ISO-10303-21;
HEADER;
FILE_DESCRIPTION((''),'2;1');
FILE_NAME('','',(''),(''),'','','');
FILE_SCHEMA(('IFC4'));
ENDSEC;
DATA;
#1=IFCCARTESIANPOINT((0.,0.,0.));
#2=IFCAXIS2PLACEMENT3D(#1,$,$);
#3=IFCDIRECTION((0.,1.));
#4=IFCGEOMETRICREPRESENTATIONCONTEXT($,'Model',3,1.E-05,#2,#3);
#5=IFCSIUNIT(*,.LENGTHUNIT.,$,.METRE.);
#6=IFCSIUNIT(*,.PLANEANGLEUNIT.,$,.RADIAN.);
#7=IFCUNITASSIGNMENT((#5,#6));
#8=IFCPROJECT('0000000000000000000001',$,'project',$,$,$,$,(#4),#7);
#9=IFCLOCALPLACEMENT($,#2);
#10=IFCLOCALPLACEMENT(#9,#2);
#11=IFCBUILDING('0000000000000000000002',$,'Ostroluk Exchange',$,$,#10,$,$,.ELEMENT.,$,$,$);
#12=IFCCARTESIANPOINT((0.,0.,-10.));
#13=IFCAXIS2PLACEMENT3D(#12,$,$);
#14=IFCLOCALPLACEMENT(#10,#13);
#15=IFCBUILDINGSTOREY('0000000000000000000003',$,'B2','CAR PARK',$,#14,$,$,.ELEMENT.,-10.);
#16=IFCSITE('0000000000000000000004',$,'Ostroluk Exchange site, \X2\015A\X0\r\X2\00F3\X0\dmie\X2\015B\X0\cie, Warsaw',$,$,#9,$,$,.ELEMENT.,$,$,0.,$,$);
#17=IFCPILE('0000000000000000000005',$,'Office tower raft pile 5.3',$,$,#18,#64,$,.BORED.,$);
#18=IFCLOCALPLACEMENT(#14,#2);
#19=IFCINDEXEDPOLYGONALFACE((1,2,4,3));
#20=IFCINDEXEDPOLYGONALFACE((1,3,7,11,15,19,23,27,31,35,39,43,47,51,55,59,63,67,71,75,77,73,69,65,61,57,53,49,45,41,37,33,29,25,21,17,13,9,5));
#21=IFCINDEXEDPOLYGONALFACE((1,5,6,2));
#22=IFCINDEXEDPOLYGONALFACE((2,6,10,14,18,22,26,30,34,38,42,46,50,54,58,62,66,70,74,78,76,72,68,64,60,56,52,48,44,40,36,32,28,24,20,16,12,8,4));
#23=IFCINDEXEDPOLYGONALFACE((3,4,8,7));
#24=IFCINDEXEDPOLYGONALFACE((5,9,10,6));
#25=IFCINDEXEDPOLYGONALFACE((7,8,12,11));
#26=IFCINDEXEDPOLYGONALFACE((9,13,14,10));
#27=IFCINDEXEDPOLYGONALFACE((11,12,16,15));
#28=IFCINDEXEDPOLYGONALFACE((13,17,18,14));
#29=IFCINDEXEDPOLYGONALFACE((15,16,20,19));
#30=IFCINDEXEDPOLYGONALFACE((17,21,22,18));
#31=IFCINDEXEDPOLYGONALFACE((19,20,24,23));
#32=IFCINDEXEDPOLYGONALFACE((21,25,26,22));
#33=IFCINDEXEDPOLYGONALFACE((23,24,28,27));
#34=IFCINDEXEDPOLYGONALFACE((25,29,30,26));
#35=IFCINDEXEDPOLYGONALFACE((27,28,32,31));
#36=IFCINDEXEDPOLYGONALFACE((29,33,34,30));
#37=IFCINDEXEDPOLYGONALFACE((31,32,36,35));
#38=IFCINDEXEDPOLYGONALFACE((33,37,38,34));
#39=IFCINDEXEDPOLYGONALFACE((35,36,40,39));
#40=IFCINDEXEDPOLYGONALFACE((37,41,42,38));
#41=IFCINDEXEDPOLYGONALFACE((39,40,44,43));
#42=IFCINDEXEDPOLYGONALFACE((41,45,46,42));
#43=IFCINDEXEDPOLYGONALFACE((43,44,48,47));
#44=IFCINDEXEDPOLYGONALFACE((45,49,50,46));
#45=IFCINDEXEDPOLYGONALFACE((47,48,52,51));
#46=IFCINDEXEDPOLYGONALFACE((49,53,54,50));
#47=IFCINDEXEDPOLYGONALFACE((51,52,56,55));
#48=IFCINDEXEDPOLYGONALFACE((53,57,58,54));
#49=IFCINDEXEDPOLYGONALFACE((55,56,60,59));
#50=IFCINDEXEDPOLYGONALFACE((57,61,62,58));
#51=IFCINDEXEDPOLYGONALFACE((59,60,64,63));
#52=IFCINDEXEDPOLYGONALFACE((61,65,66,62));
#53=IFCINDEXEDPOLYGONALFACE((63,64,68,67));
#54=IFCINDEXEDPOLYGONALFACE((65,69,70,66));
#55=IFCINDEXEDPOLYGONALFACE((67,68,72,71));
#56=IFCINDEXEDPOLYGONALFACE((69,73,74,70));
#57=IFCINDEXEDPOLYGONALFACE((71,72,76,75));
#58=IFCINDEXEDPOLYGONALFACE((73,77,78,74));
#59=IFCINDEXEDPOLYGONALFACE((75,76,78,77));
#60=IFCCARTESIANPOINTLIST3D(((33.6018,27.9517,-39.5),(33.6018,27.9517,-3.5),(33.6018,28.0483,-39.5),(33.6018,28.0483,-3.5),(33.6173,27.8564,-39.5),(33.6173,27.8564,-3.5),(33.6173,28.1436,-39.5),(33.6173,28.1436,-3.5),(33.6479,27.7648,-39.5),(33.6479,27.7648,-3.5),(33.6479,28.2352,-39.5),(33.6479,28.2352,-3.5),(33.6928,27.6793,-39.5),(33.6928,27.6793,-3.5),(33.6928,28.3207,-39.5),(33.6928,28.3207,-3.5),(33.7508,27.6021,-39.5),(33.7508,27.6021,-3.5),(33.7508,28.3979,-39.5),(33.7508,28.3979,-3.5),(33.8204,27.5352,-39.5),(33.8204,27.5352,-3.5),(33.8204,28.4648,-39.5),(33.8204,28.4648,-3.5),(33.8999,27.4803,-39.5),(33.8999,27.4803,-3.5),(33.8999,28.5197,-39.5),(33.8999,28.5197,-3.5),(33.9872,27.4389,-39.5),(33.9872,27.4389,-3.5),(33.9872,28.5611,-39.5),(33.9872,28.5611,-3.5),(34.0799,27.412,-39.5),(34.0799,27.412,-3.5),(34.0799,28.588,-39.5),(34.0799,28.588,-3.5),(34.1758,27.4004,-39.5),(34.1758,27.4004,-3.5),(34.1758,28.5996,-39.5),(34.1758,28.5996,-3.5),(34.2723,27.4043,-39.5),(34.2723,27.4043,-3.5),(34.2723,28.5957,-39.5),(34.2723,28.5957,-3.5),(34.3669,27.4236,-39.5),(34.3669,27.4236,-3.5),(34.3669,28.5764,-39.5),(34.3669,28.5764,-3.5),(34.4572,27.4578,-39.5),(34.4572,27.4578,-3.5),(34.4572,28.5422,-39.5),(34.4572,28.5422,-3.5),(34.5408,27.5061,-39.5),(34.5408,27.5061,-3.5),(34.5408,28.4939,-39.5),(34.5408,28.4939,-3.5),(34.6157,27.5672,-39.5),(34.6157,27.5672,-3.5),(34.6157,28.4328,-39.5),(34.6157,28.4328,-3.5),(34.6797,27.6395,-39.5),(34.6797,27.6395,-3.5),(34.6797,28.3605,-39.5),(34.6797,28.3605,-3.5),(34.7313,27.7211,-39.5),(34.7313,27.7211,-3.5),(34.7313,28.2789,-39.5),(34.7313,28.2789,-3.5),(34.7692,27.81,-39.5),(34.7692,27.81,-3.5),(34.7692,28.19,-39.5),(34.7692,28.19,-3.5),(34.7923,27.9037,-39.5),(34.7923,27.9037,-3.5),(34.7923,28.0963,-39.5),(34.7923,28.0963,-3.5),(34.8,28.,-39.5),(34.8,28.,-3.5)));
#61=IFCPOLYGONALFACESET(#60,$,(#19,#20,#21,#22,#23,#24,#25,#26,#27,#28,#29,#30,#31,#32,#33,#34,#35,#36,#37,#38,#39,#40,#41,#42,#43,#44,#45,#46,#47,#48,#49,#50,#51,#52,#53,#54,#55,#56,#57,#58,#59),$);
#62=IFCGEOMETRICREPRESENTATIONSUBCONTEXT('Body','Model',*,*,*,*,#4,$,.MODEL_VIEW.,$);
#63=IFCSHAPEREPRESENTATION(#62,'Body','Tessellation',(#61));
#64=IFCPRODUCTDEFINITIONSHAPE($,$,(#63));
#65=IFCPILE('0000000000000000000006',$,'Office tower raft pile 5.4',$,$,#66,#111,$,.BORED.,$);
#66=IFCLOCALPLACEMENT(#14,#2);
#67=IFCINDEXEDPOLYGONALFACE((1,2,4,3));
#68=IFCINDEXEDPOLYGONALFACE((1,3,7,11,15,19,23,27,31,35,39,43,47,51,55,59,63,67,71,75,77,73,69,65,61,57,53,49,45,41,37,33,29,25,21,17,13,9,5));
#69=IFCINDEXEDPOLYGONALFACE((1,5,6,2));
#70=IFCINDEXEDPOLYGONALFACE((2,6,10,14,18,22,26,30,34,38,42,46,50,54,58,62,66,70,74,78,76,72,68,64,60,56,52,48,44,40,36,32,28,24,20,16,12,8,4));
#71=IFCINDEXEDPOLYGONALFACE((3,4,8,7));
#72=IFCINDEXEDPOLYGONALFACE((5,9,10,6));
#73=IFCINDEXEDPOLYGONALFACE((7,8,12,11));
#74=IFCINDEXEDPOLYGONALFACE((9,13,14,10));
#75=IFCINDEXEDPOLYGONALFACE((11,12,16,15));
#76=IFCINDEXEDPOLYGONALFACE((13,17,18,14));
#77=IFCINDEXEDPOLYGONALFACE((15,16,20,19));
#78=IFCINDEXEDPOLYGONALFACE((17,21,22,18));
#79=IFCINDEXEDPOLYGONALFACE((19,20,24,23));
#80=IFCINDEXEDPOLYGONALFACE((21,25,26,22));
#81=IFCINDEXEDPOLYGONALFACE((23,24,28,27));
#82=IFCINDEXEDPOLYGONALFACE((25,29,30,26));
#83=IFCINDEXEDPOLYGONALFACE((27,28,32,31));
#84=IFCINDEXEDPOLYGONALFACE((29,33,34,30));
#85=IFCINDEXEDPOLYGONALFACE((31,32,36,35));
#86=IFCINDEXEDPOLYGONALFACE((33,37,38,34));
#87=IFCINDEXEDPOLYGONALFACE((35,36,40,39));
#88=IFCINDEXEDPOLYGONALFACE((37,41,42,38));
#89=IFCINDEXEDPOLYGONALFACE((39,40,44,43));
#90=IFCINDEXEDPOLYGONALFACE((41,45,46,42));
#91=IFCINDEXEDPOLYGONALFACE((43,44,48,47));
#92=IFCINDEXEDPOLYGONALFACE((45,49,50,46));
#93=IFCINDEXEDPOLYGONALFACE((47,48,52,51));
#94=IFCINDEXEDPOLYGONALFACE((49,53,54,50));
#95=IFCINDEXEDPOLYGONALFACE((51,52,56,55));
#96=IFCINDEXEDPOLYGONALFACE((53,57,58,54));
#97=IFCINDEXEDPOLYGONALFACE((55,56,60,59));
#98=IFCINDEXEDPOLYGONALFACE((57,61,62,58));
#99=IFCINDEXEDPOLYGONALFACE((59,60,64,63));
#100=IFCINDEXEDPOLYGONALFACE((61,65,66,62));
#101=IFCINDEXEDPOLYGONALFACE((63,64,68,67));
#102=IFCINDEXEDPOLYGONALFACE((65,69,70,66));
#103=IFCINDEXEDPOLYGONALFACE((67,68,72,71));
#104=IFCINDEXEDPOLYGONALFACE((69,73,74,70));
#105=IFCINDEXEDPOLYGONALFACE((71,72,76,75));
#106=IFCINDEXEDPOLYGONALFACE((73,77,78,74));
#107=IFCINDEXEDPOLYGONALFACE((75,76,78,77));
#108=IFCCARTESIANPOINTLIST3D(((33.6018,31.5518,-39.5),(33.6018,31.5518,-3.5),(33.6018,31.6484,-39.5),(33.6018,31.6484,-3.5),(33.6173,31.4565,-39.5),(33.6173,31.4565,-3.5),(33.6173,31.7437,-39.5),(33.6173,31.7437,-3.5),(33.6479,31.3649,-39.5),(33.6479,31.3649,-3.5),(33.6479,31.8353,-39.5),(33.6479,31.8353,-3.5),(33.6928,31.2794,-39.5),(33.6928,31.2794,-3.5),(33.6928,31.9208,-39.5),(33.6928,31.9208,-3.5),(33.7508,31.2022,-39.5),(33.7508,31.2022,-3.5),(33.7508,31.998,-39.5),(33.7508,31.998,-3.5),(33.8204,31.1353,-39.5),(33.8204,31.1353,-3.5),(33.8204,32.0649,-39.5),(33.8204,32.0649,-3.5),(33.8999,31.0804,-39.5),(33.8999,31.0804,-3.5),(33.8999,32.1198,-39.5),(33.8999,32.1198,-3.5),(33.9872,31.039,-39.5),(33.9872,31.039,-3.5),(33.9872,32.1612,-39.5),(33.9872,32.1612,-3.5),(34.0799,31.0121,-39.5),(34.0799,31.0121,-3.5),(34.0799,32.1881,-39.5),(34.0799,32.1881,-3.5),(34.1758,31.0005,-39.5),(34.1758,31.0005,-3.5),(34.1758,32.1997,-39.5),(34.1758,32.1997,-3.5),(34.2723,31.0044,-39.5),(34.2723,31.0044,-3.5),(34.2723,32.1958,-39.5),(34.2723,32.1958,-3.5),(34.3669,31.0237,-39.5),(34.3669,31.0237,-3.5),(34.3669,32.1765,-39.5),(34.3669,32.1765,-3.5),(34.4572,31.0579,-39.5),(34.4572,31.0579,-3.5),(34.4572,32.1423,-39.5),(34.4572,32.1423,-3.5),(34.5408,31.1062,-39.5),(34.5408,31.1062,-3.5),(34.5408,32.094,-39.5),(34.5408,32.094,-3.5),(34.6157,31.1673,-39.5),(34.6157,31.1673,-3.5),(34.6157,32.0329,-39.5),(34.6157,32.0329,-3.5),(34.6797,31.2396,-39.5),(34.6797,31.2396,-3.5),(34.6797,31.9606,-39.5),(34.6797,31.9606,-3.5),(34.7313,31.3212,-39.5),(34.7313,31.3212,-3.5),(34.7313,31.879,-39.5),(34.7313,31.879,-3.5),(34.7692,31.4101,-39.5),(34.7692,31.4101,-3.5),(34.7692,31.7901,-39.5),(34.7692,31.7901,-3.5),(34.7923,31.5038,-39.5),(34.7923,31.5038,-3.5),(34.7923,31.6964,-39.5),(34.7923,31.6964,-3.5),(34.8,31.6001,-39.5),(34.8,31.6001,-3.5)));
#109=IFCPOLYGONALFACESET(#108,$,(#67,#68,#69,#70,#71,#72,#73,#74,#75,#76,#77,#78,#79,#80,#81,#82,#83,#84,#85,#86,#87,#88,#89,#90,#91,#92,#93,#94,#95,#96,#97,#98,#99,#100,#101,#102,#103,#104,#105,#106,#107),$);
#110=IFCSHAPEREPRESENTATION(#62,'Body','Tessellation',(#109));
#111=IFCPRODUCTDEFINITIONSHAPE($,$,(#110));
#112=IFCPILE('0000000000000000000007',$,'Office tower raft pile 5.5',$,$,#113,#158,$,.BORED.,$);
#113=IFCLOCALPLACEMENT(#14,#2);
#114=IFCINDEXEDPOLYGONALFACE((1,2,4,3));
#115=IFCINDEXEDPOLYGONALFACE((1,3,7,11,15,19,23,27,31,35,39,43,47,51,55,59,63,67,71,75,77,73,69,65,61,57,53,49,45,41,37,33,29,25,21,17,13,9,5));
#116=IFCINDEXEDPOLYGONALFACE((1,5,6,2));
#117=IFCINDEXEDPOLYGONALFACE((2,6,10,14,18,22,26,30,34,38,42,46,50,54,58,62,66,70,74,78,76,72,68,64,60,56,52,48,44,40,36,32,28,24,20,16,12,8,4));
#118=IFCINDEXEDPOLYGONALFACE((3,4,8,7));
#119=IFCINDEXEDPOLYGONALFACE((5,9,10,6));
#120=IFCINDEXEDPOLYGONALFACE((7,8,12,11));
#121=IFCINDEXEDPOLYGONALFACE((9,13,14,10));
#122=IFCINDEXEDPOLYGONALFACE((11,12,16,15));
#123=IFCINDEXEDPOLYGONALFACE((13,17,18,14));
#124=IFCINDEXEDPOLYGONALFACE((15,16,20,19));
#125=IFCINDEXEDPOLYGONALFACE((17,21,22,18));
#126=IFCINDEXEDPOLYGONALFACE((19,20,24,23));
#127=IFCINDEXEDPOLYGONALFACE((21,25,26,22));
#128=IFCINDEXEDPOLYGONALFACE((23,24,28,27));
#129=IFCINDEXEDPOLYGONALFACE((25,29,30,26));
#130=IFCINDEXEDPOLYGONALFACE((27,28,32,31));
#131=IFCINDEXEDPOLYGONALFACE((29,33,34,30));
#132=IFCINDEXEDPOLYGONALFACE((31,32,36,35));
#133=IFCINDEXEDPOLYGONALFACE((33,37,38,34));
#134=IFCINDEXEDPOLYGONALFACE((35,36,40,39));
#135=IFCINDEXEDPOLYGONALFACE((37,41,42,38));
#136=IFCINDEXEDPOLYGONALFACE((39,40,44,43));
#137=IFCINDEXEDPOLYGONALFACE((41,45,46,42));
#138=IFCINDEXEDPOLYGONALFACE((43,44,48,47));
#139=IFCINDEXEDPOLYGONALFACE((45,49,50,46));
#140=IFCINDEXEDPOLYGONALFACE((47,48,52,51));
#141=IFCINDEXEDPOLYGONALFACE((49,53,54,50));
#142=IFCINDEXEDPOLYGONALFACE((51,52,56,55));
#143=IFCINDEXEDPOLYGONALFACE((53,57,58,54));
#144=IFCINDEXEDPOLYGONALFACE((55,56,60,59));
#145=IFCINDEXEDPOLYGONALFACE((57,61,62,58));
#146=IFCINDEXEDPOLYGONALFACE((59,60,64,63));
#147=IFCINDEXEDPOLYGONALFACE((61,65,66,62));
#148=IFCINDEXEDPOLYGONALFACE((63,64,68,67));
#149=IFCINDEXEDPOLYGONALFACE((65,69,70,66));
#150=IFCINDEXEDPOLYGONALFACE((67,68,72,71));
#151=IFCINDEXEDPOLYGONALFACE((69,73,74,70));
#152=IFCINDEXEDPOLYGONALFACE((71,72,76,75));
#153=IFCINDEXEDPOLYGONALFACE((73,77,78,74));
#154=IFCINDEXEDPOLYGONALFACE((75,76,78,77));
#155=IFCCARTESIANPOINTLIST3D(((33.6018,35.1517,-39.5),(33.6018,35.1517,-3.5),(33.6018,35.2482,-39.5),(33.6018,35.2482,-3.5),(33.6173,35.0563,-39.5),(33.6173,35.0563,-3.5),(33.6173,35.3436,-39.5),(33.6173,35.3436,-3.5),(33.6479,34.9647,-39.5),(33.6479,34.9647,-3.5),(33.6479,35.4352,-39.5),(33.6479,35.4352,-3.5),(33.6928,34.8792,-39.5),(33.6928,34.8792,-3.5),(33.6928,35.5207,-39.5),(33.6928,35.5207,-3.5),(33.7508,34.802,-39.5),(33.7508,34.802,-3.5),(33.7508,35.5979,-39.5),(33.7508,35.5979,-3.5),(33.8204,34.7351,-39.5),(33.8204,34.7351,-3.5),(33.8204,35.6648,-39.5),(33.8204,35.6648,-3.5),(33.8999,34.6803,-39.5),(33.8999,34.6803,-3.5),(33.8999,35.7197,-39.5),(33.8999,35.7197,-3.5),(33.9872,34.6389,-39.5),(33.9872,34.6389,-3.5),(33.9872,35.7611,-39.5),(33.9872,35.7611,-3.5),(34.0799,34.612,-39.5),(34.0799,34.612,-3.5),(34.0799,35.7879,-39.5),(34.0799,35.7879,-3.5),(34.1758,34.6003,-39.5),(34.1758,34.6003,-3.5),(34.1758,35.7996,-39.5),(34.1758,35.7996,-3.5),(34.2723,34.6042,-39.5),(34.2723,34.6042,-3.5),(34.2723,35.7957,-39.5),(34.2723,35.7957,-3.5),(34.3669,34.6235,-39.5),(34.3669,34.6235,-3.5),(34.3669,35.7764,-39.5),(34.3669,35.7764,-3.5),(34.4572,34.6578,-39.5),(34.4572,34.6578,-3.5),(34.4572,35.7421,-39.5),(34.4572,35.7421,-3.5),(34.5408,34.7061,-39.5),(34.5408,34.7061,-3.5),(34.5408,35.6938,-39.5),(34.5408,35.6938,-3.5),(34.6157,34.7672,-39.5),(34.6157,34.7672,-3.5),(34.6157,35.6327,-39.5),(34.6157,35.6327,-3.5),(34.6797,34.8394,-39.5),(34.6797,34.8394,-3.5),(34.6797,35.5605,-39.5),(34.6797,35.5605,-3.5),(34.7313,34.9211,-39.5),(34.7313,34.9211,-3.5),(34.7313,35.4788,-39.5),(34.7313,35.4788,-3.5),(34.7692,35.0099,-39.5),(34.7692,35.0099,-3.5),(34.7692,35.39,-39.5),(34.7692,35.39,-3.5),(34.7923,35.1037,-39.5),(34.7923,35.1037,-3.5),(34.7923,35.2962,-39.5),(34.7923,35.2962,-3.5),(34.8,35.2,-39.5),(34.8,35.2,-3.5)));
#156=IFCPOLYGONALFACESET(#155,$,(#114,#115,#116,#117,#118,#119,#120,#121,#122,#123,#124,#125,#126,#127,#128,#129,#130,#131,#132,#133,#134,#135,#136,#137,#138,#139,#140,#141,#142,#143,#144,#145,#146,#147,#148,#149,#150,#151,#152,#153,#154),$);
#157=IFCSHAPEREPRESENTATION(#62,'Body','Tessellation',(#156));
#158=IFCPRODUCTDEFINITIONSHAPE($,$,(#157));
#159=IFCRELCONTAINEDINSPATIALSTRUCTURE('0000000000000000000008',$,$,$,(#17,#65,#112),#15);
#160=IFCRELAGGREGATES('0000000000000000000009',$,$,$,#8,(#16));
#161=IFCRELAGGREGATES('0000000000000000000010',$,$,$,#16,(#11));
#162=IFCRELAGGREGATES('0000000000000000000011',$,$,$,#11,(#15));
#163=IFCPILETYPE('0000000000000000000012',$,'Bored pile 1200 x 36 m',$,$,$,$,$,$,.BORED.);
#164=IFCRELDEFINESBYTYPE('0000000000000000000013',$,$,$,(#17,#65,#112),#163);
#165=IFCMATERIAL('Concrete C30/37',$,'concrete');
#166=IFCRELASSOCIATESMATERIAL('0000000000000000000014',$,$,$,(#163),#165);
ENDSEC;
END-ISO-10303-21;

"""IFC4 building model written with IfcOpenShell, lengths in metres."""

from ifc_helpers import new_model, si_unit, direction, frame, origin, origin_2d, place, context, subcontext, project, spatial, circle, extrude, material, type_object, element, save


model = new_model("IFC4")

# Units and contexts
model_context = context("Model", 3, precision=1e-05, world=origin(), true_north=direction((0.0, 1.0)))
body_context = subcontext(model_context, "Body", "Model", "MODEL_VIEW")
ifc_project = project(units=[si_unit("LENGTHUNIT", "METRE"), si_unit("PLANEANGLEUNIT", "RADIAN")], contexts=[model_context])

# Site, building, storey
site_placement = place(None, origin())
site = spatial("IfcSite", under=ifc_project, at=site_placement, Name="Ostroluk Exchange site, Śródmieście, Warsaw", CompositionType="ELEMENT", RefElevation=0.0)
building_placement = place(site_placement, origin())
building = spatial("IfcBuilding", under=site, at=building_placement, Name="Ostroluk Exchange", CompositionType="ELEMENT")
storey_placement = place(building_placement, frame((0.0, 0.0, -10.0)))
storey = spatial("IfcBuildingStorey", under=building, at=storey_placement, Name="B2", Description="CAR PARK", CompositionType="ELEMENT", Elevation=-10.0)

# Piles
ifc_material_1 = material(Name="Concrete C30/37", Category="concrete")
pile_type = type_object("IfcPileType", Name="Bored pile 1200 x 36 m", PredefinedType="BORED", material=ifc_material_1)
for number, where, z_axis, x_axis, name in (
    (1, (34.2, 28.0, -3.5), (0.0, 0.0, -1.0), (1.0, 0.0, 0.0), "Office tower raft pile 5.3"),
    (2, (34.2, 31.6001, -3.5), (0.0, 0.0, -1.0), (1.0, 0.0, 0.0), "Office tower raft pile 5.4"),
    (3, (34.2, 35.2, -3.5), (0.0, 0.0, -1.0), (1.0, 0.0, 0.0), "Office tower raft pile 5.5"),
):
    element("IfcPile", number, at=place(storey_placement, frame(where, z_axis=z_axis, x_axis=x_axis)), inside=storey, type_object=pile_type, Name=name, PredefinedType="BORED", context=body_context, shape_type="SweptSolid", body=[
        extrude(circle(Radius=0.6001, at=origin_2d()), origin(), (0.0, 0.0, 1.0), 36.0),
    ])

save(model, "model.ifc")
